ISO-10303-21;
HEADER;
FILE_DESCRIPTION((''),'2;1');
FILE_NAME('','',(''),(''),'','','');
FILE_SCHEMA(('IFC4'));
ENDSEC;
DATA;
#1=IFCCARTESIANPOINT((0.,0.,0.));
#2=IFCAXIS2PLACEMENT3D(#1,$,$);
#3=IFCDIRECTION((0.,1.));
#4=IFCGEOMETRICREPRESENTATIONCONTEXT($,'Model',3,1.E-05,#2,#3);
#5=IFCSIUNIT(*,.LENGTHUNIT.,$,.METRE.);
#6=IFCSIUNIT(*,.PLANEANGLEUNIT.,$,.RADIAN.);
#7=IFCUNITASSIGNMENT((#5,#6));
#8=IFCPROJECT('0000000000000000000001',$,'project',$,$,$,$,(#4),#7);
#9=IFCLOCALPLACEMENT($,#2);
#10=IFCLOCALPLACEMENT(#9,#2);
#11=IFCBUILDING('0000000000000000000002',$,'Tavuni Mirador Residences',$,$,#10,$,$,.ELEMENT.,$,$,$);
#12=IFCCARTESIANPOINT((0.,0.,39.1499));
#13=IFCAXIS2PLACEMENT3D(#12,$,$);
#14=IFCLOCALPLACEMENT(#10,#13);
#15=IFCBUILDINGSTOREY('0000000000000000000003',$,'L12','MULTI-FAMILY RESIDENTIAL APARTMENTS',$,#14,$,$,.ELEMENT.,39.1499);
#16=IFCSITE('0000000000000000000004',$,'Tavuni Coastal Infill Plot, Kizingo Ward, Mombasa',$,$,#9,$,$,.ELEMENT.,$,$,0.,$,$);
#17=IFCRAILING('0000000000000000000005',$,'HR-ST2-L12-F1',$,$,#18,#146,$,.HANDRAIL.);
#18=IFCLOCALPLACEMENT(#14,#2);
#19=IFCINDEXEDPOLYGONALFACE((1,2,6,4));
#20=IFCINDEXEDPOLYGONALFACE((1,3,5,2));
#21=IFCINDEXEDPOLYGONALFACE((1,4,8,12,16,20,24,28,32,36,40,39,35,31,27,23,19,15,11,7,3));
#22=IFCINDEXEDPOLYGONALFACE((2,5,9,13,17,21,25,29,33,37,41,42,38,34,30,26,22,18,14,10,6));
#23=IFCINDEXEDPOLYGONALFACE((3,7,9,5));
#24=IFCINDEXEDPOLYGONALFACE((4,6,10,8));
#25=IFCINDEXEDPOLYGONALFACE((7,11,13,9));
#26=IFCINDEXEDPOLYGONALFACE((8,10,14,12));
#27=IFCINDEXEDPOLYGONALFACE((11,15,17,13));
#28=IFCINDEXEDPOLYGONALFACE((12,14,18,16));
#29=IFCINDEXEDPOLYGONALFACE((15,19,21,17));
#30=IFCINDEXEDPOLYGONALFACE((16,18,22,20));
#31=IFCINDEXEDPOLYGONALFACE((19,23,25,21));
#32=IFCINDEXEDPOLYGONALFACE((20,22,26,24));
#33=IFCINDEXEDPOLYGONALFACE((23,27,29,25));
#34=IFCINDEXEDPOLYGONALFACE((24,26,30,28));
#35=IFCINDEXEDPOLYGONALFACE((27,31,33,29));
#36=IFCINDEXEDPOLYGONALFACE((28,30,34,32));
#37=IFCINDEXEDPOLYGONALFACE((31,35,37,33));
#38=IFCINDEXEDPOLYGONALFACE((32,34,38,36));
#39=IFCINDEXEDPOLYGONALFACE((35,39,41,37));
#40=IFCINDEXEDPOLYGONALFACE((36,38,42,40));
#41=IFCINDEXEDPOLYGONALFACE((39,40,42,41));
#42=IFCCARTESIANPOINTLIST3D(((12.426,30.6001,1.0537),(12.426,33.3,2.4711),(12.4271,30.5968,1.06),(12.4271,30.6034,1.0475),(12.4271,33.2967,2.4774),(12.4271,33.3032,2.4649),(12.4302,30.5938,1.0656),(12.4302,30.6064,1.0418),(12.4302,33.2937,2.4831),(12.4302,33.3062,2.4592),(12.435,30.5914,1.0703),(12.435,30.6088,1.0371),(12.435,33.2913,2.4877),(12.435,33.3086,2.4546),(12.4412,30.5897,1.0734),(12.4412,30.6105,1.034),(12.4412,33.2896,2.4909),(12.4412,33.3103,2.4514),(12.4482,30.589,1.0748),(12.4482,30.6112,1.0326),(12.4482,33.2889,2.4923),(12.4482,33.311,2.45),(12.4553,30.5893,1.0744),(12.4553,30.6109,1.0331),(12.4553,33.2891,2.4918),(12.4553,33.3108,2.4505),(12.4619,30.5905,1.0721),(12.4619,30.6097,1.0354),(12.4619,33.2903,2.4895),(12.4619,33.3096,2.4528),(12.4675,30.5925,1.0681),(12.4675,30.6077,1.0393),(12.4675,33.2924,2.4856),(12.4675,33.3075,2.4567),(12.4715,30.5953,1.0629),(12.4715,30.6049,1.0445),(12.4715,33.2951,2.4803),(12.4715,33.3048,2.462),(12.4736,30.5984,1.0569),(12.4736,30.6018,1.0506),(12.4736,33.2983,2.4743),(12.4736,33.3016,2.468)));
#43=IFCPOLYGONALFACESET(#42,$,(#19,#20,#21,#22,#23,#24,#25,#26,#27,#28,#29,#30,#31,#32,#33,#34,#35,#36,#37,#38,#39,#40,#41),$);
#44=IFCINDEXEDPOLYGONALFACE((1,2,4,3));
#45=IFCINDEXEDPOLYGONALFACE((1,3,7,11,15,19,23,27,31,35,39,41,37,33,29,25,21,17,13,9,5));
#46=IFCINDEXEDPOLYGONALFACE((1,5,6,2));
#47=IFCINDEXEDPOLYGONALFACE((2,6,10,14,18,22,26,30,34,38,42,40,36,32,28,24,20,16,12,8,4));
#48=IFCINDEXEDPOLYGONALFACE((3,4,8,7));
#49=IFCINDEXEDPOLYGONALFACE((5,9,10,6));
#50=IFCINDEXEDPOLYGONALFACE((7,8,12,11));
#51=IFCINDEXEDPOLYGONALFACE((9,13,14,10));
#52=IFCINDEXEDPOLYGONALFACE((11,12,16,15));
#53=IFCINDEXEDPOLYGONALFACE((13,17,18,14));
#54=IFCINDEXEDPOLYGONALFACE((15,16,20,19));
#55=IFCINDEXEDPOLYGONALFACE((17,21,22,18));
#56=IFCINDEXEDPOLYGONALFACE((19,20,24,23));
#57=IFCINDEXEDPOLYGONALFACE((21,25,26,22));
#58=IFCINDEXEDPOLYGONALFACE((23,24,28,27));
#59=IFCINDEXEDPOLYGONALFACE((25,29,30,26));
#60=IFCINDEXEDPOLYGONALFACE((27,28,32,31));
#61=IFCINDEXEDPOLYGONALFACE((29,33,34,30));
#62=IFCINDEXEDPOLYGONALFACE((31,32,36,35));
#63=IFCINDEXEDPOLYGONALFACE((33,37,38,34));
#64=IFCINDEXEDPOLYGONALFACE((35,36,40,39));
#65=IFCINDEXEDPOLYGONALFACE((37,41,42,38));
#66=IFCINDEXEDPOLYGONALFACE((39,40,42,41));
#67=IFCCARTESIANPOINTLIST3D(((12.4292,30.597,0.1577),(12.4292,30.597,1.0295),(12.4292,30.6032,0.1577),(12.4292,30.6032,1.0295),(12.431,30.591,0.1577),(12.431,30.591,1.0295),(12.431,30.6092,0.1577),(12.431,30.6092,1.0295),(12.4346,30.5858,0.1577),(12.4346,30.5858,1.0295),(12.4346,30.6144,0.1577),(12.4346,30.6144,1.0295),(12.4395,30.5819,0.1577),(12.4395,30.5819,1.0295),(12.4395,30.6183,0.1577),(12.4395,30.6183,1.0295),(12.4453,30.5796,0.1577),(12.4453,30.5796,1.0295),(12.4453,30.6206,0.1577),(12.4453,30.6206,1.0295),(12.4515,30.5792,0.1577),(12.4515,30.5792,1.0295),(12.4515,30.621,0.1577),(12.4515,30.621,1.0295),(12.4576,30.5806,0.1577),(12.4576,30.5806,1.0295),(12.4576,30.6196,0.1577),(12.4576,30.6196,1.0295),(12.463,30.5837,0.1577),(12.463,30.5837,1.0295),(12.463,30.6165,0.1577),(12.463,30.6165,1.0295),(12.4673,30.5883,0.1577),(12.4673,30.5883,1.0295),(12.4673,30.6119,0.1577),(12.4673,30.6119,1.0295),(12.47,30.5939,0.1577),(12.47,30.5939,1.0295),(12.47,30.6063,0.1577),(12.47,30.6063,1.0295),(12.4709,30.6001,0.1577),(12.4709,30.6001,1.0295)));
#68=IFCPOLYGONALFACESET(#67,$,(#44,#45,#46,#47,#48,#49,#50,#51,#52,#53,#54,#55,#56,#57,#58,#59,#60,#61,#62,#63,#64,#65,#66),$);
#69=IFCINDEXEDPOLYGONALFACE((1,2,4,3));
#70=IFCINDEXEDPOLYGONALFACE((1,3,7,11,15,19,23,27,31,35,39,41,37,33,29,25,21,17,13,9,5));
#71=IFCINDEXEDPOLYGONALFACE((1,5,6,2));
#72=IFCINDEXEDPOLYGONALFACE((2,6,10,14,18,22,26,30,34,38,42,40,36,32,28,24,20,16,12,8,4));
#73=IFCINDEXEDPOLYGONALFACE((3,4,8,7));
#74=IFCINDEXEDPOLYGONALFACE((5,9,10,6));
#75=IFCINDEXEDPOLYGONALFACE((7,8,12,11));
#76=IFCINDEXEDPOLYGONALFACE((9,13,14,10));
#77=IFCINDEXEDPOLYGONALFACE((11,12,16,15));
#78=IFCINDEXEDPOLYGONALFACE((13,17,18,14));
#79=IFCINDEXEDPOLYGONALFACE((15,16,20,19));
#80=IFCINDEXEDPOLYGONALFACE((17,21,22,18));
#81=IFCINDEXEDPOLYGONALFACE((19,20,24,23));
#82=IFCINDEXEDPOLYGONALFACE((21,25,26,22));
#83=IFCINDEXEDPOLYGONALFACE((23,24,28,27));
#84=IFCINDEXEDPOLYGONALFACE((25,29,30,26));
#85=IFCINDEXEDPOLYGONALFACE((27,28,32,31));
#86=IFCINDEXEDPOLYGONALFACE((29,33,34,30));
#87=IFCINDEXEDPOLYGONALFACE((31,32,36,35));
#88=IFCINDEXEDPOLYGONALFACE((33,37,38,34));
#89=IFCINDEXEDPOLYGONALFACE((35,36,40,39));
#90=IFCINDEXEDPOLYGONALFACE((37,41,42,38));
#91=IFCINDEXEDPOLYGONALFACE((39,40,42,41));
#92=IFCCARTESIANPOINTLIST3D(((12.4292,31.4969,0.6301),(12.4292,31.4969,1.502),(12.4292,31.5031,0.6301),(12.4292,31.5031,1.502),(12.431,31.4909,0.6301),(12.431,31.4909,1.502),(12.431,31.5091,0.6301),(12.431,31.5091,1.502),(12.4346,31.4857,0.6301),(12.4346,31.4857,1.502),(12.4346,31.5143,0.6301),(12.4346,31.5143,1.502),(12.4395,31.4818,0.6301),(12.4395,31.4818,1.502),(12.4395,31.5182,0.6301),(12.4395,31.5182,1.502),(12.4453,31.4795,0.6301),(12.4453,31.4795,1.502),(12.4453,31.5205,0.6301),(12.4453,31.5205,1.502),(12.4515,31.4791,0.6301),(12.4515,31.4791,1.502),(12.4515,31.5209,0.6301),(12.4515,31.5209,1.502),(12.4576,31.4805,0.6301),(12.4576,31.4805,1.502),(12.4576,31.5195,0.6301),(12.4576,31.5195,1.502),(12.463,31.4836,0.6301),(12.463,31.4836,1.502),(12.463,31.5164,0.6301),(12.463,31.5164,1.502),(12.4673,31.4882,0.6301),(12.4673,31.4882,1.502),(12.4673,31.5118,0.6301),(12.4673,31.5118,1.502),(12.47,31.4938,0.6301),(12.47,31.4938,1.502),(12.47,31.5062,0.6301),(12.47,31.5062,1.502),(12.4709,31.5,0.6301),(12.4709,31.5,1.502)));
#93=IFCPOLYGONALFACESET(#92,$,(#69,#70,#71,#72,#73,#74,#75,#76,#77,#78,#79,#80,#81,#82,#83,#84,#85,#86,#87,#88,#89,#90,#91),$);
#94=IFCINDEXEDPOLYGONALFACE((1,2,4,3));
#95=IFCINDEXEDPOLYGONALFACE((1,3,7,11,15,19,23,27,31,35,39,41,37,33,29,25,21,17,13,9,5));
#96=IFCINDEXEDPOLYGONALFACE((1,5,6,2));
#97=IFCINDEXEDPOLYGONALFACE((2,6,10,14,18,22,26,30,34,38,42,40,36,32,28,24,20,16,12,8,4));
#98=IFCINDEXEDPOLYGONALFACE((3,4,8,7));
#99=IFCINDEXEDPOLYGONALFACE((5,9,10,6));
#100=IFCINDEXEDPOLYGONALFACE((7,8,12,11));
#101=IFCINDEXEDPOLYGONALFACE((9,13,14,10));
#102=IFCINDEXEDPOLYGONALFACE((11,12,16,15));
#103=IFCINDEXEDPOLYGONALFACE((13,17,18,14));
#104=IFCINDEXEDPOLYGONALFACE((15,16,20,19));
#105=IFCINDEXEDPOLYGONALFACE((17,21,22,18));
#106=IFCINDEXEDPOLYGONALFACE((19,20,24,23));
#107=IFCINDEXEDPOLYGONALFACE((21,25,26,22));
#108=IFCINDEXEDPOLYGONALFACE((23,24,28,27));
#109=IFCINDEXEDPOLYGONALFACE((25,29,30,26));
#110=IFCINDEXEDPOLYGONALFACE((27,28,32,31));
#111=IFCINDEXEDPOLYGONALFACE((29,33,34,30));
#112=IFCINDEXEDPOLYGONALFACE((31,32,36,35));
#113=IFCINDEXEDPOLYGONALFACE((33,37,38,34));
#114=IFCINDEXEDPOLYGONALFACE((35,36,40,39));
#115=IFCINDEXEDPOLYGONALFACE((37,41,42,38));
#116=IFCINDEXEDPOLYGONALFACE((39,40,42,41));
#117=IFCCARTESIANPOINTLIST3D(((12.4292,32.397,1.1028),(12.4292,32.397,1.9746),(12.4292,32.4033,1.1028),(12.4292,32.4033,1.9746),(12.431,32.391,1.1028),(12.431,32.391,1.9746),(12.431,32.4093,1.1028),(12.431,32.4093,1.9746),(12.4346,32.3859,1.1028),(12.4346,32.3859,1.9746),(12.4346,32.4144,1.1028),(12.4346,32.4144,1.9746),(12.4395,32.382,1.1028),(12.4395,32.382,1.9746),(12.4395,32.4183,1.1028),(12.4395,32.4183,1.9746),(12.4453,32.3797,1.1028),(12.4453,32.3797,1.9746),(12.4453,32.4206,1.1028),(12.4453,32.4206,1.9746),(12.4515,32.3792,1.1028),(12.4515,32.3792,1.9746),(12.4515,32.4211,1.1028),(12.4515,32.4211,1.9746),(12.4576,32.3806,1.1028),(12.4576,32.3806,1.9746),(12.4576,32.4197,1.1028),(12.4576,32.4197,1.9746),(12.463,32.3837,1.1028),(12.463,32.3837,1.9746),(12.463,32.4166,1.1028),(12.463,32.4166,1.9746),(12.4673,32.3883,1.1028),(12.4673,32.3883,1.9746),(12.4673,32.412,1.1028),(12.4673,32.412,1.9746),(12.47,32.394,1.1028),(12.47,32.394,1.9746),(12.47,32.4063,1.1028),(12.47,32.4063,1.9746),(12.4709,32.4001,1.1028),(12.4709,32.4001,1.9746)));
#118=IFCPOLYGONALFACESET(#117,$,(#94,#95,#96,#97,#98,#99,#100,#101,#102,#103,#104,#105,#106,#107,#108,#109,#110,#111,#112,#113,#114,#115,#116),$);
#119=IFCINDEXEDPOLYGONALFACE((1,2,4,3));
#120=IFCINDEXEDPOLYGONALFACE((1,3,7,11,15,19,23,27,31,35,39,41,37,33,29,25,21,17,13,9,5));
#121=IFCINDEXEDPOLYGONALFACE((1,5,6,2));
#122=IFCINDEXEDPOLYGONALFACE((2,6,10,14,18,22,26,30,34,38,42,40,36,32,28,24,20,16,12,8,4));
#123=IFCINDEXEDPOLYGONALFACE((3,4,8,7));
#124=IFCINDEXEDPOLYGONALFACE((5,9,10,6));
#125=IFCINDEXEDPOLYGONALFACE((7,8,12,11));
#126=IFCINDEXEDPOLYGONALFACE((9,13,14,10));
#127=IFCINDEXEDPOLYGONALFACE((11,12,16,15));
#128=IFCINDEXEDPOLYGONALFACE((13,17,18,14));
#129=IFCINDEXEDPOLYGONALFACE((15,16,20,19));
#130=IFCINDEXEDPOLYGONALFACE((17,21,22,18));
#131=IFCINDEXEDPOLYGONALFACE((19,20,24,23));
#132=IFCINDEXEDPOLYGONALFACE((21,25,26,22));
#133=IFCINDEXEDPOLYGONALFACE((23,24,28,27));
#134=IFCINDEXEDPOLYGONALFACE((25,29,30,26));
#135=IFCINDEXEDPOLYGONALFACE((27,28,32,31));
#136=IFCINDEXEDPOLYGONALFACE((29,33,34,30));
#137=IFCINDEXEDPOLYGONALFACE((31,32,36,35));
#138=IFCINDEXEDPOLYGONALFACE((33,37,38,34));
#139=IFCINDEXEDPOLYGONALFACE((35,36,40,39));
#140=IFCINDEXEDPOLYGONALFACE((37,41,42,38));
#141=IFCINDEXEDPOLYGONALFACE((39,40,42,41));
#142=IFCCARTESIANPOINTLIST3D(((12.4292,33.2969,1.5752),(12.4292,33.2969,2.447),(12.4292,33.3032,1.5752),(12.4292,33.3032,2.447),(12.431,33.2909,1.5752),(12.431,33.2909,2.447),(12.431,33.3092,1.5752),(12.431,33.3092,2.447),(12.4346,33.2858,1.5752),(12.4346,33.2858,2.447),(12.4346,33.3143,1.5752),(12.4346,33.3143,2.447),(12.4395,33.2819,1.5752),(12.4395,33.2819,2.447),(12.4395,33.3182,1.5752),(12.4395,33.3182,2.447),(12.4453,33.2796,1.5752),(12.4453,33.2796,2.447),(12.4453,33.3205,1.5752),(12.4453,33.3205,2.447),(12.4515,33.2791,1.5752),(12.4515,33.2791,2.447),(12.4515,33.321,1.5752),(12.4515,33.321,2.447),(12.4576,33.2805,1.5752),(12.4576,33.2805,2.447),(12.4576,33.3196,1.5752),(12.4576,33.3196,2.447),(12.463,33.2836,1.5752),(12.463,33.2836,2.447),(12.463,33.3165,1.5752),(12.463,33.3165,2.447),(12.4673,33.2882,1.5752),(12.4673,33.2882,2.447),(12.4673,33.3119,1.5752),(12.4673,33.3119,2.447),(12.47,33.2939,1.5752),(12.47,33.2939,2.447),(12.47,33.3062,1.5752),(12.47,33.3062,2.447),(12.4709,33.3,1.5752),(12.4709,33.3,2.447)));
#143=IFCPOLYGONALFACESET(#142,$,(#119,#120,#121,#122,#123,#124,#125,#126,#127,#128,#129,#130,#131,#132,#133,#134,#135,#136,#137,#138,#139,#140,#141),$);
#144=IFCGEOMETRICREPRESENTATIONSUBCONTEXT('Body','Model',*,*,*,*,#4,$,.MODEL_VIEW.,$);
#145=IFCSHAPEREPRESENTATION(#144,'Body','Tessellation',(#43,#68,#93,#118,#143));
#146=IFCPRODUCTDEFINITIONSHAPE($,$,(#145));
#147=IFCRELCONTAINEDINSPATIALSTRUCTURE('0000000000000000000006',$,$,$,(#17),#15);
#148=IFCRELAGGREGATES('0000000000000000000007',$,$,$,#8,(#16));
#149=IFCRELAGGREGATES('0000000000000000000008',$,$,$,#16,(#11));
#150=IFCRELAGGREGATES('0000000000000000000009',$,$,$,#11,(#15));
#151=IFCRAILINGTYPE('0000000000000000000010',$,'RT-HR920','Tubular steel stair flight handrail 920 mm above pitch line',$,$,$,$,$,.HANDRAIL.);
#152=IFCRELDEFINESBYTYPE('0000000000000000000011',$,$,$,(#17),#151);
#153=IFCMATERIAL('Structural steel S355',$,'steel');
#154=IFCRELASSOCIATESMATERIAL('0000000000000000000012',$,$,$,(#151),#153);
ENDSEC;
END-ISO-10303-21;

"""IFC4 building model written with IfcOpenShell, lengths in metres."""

from ifc_helpers import new_model, si_unit, direction, frame, origin, origin_2d, place, context, subcontext, project, spatial, circle, extrude, material, type_object, element, save


model = new_model("IFC4")

# Units and contexts
model_context = context("Model", 3, precision=1e-05, world=origin(), true_north=direction((0.0, 1.0)))
body_context = subcontext(model_context, "Body", "Model", "MODEL_VIEW")
ifc_project = project(units=[si_unit("LENGTHUNIT", "METRE"), si_unit("PLANEANGLEUNIT", "RADIAN")], contexts=[model_context])

# Site, building, storey
site_placement = place(None, origin())
site = spatial("IfcSite", under=ifc_project, at=site_placement, Name="Tavuni Coastal Infill Plot, Kizingo Ward, Mombasa", CompositionType="ELEMENT", RefElevation=0.0)
building_placement = place(site_placement, origin())
building = spatial("IfcBuilding", under=site, at=building_placement, Name="Tavuni Mirador Residences", CompositionType="ELEMENT")
storey_placement = place(building_placement, frame((0.0, 0.0, 39.1499)))
storey = spatial("IfcBuildingStorey", under=building, at=storey_placement, Name="L12", Description="MULTI-FAMILY RESIDENTIAL APARTMENTS", CompositionType="ELEMENT", Elevation=39.1499)

# Shared definitions
ifc_material_1 = material(Name="Structural steel S355", Category="steel")

# Railing
railing_type_1 = type_object("IfcRailingType", Name="RT-HR920", Description="Tubular steel stair flight handrail 920 mm above pitch line", PredefinedType="HANDRAIL", material=ifc_material_1)
railing_1_placement = place(storey_placement, frame((12.45, 30.6001, 0.1577)))
element("IfcRailing", 1, at=railing_1_placement, inside=storey, type_object=railing_type_1, Name="HR-ST2-L12-F1", PredefinedType="HANDRAIL", context=body_context, shape_type="SweptSolid", body=[
    extrude(circle(Radius=0.0239, at=origin_2d()), frame((0.0, 0.0, 0.896), z_axis=(0.0, 0.885397, 0.464835), x_axis=(-1.0, 0.0, 0.0)), (0.0, 0.0, 1.0), 3.0493),
    extrude(circle(Radius=0.021, at=origin_2d()), origin(), (0.0, 0.0, 1.0), 0.8718),
    extrude(circle(Radius=0.021, at=origin_2d()), frame((0.0, 0.8999, 0.4724)), (0.0, 0.0, 1.0), 0.8718),
    extrude(circle(Radius=0.021, at=origin_2d()), frame((0.0, 1.8, 0.9451)), (0.0, 0.0, 1.0), 0.8718),
    extrude(circle(Radius=0.021, at=origin_2d()), frame((0.0, 2.7, 1.4175)), (0.0, 0.0, 1.0), 0.8718),
])

save(model, "model.ifc")
